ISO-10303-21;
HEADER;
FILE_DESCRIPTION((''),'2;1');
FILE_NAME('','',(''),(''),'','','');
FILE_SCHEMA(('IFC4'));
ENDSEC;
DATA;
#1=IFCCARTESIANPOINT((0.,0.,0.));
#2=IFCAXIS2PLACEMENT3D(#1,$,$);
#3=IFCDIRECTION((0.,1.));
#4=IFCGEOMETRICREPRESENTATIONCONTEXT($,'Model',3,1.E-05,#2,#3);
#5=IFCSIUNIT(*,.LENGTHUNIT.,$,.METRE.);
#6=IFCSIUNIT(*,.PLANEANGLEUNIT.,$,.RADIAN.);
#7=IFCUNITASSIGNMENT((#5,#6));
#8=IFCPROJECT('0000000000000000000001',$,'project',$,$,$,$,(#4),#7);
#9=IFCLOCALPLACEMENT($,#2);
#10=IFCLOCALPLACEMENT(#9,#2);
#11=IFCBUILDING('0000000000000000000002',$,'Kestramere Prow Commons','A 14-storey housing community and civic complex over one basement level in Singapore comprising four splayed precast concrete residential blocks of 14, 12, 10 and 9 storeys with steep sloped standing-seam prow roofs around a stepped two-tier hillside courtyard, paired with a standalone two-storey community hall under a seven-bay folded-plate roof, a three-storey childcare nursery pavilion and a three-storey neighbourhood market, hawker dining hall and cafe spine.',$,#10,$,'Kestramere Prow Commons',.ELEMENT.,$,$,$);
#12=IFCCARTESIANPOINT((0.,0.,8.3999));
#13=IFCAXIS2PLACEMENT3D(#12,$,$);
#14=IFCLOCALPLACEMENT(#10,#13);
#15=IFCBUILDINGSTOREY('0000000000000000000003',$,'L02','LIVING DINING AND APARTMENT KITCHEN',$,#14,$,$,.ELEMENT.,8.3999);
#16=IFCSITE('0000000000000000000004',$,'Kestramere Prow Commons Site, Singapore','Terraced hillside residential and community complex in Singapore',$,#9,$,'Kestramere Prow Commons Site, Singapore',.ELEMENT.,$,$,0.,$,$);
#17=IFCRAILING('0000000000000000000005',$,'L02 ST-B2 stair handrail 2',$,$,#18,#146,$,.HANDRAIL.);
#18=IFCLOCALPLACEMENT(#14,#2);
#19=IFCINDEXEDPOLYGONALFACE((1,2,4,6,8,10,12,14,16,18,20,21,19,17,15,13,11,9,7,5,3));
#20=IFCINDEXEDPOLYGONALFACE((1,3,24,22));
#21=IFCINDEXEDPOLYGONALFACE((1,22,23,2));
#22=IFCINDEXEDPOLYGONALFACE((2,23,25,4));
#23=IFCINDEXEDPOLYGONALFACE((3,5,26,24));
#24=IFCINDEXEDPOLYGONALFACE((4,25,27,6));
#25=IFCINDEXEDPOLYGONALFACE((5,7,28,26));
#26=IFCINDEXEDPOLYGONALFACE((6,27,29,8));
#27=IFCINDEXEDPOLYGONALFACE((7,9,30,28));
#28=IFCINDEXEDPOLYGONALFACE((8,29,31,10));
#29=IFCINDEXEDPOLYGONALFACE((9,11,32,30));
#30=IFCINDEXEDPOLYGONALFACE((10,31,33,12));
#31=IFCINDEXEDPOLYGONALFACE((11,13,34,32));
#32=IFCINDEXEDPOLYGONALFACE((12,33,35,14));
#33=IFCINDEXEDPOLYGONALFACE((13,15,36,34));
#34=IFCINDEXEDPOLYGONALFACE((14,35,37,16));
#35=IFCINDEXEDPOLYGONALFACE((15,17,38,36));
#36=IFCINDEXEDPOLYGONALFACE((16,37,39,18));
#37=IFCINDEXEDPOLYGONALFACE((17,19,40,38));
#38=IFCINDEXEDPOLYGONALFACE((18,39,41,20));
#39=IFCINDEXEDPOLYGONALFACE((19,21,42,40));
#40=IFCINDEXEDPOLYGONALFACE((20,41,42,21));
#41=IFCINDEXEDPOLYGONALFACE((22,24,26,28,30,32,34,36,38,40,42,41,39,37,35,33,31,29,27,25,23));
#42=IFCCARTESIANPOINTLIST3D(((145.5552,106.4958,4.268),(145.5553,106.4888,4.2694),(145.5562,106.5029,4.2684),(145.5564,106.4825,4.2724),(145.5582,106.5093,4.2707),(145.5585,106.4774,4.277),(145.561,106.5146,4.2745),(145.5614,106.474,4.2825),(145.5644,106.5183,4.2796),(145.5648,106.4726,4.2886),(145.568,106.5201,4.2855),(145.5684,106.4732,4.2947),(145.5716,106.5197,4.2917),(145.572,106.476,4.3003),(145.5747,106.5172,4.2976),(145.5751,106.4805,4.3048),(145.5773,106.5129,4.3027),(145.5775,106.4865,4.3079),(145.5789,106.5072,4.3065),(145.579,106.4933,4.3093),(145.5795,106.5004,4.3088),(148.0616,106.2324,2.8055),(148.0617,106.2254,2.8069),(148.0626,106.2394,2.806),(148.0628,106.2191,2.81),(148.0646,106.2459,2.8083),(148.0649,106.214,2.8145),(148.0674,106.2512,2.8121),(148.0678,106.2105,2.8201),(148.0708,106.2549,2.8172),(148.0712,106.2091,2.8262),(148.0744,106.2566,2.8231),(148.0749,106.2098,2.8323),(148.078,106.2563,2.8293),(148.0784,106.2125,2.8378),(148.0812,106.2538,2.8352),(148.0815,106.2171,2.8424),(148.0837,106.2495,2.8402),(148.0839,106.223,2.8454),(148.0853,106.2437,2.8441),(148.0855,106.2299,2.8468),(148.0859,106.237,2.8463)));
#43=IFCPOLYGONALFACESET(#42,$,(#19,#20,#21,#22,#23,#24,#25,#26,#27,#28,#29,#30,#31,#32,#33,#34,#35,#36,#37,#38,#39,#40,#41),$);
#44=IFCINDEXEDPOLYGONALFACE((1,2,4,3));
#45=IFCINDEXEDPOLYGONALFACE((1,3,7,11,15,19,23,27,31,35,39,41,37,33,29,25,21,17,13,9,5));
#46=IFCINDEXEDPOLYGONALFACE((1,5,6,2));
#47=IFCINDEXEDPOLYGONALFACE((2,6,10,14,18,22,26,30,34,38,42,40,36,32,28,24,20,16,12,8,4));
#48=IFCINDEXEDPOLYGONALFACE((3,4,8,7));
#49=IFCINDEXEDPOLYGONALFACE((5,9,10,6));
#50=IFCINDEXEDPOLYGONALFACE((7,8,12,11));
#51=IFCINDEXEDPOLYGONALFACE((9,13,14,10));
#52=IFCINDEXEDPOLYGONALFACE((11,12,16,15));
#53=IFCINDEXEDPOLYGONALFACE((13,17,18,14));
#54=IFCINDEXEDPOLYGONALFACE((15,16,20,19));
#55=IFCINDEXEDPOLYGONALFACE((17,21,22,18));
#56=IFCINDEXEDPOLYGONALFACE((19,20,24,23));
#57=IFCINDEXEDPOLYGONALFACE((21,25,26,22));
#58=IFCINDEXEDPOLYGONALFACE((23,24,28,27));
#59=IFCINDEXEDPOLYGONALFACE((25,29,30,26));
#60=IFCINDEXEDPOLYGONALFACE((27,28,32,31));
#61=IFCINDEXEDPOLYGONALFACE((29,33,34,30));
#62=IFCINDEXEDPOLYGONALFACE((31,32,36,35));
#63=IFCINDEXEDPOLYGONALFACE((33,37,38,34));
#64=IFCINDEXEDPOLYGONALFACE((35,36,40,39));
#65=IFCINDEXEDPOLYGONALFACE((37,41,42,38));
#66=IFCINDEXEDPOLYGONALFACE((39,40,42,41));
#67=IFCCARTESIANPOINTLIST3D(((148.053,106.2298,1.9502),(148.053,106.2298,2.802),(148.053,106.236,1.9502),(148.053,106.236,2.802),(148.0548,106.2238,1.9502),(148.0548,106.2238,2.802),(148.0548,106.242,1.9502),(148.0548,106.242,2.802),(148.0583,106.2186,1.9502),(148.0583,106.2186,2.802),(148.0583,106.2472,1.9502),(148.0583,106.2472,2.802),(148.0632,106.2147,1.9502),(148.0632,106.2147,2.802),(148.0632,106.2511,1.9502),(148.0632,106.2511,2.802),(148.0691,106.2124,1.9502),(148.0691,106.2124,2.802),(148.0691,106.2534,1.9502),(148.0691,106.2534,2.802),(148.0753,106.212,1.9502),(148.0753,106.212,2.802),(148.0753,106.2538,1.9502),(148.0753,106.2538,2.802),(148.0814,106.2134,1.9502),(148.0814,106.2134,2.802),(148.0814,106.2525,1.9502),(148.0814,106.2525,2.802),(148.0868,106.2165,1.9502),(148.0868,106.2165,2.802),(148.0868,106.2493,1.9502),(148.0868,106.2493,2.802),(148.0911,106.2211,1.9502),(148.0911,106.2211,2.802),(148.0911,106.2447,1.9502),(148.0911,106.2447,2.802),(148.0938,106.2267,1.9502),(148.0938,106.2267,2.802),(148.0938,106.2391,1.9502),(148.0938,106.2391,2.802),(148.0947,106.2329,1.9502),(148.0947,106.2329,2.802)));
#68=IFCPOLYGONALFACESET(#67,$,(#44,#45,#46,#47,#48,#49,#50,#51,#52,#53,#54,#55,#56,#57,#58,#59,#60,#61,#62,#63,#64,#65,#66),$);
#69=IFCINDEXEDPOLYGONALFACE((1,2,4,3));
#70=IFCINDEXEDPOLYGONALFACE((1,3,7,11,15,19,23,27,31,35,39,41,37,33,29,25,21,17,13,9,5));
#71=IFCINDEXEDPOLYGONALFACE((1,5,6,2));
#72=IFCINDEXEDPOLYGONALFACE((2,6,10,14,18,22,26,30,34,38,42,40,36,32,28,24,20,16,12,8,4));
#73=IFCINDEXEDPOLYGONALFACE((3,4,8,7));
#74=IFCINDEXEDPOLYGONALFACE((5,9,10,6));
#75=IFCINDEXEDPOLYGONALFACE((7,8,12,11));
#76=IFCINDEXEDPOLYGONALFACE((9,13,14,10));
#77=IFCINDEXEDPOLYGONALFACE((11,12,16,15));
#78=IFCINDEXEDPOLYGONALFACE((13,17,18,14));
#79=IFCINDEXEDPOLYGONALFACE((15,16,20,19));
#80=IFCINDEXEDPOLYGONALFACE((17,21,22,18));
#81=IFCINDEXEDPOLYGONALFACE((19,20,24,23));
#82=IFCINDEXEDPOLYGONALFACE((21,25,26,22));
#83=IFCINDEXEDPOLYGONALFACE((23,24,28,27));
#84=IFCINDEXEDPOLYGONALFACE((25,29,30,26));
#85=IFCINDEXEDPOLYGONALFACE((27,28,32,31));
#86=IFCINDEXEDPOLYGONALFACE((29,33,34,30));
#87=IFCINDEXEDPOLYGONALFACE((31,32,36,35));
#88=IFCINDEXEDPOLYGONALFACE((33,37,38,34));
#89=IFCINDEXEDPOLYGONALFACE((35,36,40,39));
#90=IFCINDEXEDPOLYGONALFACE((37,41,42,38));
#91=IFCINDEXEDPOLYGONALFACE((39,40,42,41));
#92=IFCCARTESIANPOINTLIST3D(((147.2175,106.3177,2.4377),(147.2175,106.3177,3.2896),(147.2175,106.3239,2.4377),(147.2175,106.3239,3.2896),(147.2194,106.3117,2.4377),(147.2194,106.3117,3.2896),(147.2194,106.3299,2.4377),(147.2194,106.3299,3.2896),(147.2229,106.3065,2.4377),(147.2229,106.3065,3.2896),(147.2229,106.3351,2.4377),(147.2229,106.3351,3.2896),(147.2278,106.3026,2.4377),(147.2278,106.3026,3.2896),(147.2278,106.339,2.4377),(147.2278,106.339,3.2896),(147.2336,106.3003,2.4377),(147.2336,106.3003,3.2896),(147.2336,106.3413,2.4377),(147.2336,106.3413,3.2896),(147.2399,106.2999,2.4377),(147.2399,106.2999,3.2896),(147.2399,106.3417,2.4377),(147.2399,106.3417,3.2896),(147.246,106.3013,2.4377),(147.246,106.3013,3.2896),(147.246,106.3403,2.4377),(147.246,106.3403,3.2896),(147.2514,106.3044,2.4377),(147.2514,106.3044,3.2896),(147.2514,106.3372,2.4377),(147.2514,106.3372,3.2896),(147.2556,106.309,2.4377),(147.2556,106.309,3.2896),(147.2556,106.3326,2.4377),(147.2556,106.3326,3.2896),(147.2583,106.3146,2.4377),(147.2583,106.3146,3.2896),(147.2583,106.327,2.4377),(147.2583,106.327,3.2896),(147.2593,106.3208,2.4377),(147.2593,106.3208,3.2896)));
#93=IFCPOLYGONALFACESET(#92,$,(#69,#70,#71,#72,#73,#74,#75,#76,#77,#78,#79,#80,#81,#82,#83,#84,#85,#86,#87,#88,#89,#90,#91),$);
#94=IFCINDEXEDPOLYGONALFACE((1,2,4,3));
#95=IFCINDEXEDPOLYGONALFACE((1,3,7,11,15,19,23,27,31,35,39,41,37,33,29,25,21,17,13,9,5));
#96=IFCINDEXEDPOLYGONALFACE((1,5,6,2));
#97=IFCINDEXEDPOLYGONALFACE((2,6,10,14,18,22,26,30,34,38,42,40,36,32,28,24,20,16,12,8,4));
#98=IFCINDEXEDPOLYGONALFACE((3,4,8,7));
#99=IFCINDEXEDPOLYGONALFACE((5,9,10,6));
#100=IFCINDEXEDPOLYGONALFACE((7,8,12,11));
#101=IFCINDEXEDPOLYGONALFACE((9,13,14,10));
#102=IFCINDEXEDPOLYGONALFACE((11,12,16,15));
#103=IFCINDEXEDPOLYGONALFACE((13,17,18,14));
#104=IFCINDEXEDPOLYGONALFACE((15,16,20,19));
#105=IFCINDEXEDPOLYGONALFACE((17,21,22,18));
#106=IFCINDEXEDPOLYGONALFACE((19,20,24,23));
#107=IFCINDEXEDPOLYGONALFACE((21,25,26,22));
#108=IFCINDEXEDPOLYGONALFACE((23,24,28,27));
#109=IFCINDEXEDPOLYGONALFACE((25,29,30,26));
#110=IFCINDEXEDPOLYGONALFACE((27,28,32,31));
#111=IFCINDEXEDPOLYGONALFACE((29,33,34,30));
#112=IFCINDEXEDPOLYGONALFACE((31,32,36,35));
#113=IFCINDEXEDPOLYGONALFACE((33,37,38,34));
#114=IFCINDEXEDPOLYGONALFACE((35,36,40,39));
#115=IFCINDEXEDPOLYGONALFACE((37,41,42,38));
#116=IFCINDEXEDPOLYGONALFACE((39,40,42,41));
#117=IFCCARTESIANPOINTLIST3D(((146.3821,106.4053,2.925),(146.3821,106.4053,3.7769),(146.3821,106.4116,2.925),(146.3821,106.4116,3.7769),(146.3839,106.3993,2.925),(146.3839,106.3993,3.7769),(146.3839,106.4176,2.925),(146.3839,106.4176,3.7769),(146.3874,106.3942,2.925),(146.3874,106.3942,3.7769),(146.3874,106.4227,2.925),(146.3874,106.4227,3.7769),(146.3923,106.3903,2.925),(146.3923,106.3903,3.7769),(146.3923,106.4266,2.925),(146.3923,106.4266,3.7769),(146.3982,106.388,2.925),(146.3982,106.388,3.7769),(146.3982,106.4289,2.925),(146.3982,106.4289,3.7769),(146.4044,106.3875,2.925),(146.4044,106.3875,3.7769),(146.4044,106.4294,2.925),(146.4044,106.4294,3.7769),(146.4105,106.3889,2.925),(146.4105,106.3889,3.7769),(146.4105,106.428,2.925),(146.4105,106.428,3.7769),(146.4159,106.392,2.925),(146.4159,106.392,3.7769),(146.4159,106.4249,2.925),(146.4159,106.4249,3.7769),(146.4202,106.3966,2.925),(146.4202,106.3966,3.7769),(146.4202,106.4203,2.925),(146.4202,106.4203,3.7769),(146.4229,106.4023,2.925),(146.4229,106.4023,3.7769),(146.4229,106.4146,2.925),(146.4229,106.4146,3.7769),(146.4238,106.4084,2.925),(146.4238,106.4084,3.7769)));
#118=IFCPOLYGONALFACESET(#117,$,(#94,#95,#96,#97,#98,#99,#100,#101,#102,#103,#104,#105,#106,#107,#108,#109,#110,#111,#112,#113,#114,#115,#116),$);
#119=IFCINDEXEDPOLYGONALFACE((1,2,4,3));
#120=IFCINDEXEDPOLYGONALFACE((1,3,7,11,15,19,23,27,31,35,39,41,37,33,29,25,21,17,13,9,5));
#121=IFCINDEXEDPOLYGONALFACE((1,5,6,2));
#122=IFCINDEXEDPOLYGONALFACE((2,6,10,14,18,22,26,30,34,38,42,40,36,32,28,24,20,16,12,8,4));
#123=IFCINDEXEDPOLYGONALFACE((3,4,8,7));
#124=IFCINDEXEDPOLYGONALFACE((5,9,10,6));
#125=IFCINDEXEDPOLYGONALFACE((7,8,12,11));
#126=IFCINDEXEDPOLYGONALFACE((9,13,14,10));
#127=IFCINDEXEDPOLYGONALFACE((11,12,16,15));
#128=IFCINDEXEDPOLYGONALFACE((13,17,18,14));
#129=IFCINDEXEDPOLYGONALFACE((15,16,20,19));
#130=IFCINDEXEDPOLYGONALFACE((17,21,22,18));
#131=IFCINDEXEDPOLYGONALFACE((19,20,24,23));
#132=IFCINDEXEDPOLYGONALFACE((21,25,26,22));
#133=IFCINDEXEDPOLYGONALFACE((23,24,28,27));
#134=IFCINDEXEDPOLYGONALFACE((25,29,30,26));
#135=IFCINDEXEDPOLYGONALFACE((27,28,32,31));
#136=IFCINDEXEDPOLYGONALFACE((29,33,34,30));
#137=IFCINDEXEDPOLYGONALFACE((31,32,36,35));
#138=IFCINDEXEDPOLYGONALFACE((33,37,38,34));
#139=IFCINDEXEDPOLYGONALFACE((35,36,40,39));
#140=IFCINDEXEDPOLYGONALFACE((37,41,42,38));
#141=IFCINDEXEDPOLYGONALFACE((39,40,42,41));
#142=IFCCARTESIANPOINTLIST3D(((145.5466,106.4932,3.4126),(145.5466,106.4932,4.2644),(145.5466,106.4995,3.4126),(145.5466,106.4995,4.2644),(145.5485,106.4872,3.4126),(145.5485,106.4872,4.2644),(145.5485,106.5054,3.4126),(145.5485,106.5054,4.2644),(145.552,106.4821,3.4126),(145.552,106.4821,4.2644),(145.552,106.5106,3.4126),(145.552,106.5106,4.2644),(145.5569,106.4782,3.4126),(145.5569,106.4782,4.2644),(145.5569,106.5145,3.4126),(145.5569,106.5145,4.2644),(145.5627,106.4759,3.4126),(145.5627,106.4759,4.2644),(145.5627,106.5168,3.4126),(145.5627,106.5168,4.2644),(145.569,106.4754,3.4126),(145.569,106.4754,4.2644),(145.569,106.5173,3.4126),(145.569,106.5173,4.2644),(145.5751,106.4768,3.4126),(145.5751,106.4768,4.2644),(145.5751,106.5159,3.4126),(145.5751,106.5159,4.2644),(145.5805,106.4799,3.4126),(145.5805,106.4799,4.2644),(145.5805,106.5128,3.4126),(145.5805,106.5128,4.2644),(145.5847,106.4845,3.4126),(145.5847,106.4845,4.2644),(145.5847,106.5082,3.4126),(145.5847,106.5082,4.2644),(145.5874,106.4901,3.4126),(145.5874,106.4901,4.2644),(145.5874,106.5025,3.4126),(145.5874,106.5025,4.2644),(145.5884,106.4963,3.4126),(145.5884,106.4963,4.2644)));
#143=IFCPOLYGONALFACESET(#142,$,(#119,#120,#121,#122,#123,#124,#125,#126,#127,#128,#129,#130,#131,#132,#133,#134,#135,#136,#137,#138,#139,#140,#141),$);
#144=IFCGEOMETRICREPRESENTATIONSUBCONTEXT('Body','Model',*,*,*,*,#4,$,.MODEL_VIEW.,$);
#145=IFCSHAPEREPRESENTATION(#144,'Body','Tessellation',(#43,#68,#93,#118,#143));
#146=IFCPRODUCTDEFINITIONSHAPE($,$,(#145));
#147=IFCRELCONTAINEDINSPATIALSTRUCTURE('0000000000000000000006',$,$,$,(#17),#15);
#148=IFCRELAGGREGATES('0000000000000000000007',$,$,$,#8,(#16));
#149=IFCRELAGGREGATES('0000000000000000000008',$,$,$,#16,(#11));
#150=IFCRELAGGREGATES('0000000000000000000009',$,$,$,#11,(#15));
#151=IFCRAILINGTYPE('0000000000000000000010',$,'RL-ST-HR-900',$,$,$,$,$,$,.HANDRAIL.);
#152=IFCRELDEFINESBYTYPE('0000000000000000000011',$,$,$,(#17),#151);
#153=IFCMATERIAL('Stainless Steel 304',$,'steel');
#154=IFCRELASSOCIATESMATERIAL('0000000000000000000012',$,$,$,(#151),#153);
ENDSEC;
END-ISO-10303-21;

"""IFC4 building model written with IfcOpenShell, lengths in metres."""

from ifc_helpers import new_model, si_unit, direction, frame, origin, origin_2d, place, context, subcontext, project, spatial, circle, extrude, material, type_object, element, save


model = new_model("IFC4")

# Units and contexts
model_context = context("Model", 3, precision=1e-05, world=origin(), true_north=direction((0.0, 1.0)))
body_context = subcontext(model_context, "Body", "Model", "MODEL_VIEW")
ifc_project = project(units=[si_unit("LENGTHUNIT", "METRE"), si_unit("PLANEANGLEUNIT", "RADIAN")], contexts=[model_context])

# Site, building, storey
site_placement = place(None, origin())
site = spatial("IfcSite", under=ifc_project, at=site_placement, Name="Kestramere Prow Commons Site, Singapore", Description="Terraced hillside residential and community complex in Singapore", LongName="Kestramere Prow Commons Site, Singapore", CompositionType="ELEMENT", RefElevation=0.0)
building_placement = place(site_placement, origin())
building = spatial("IfcBuilding", under=site, at=building_placement, Name="Kestramere Prow Commons", Description="A 14-storey housing community and civic complex over one basement level in Singapore comprising four splayed precast concrete residential blocks of 14, 12, 10 and 9 storeys with steep sloped standing-seam prow roofs around a stepped two-tier hillside courtyard, paired with a standalone two-storey community hall under a seven-bay folded-plate roof, a three-storey childcare nursery pavilion and a three-storey neighbourhood market, hawker dining hall and cafe spine.", LongName="Kestramere Prow Commons", CompositionType="ELEMENT")
storey_placement = place(building_placement, frame((0.0, 0.0, 8.3999)))
storey = spatial("IfcBuildingStorey", under=building, at=storey_placement, Name="L02", Description="LIVING DINING AND APARTMENT KITCHEN", CompositionType="ELEMENT", Elevation=8.3999)

# Railing
ifc_material_1 = material(Name="Stainless Steel 304", Category="steel")
railing_type_1 = type_object("IfcRailingType", Name="RL-ST-HR-900", PredefinedType="HANDRAIL", material=ifc_material_1)
railing_1_placement = place(storey_placement, frame((148.0737, 106.2329, 1.9502)))
element("IfcRailing", 1, at=railing_1_placement, inside=storey, type_object=railing_type_1, Name="L02 ST-B2 stair handrail 2", PredefinedType="HANDRAIL", context=body_context, shape_type="SweptSolid", body=[
    extrude(circle(Radius=0.0239, at=origin_2d()), frame((0.0, 0.0, 0.876), z_axis=(-0.860187, 0.090409, 0.501901), x_axis=(-0.104528, -0.994522, 0.0)), (0.0, 0.0, 1.0), 2.9138),
    extrude(circle(Radius=0.021, at=origin_2d()), origin(), (0.0, 0.0, 1.0), 0.8518),
    extrude(circle(Radius=0.021, at=origin_2d()), frame((-0.8354, 0.0879, 0.4875)), (0.0, 0.0, 1.0), 0.8518),
    extrude(circle(Radius=0.021, at=origin_2d()), frame((-1.6709, 0.1755, 0.9749)), (0.0, 0.0, 1.0), 0.8518),
    extrude(circle(Radius=0.021, at=origin_2d()), frame((-2.5063, 0.2634, 1.4624)), (0.0, 0.0, 1.0), 0.8518),
])

save(model, "model.ifc")
